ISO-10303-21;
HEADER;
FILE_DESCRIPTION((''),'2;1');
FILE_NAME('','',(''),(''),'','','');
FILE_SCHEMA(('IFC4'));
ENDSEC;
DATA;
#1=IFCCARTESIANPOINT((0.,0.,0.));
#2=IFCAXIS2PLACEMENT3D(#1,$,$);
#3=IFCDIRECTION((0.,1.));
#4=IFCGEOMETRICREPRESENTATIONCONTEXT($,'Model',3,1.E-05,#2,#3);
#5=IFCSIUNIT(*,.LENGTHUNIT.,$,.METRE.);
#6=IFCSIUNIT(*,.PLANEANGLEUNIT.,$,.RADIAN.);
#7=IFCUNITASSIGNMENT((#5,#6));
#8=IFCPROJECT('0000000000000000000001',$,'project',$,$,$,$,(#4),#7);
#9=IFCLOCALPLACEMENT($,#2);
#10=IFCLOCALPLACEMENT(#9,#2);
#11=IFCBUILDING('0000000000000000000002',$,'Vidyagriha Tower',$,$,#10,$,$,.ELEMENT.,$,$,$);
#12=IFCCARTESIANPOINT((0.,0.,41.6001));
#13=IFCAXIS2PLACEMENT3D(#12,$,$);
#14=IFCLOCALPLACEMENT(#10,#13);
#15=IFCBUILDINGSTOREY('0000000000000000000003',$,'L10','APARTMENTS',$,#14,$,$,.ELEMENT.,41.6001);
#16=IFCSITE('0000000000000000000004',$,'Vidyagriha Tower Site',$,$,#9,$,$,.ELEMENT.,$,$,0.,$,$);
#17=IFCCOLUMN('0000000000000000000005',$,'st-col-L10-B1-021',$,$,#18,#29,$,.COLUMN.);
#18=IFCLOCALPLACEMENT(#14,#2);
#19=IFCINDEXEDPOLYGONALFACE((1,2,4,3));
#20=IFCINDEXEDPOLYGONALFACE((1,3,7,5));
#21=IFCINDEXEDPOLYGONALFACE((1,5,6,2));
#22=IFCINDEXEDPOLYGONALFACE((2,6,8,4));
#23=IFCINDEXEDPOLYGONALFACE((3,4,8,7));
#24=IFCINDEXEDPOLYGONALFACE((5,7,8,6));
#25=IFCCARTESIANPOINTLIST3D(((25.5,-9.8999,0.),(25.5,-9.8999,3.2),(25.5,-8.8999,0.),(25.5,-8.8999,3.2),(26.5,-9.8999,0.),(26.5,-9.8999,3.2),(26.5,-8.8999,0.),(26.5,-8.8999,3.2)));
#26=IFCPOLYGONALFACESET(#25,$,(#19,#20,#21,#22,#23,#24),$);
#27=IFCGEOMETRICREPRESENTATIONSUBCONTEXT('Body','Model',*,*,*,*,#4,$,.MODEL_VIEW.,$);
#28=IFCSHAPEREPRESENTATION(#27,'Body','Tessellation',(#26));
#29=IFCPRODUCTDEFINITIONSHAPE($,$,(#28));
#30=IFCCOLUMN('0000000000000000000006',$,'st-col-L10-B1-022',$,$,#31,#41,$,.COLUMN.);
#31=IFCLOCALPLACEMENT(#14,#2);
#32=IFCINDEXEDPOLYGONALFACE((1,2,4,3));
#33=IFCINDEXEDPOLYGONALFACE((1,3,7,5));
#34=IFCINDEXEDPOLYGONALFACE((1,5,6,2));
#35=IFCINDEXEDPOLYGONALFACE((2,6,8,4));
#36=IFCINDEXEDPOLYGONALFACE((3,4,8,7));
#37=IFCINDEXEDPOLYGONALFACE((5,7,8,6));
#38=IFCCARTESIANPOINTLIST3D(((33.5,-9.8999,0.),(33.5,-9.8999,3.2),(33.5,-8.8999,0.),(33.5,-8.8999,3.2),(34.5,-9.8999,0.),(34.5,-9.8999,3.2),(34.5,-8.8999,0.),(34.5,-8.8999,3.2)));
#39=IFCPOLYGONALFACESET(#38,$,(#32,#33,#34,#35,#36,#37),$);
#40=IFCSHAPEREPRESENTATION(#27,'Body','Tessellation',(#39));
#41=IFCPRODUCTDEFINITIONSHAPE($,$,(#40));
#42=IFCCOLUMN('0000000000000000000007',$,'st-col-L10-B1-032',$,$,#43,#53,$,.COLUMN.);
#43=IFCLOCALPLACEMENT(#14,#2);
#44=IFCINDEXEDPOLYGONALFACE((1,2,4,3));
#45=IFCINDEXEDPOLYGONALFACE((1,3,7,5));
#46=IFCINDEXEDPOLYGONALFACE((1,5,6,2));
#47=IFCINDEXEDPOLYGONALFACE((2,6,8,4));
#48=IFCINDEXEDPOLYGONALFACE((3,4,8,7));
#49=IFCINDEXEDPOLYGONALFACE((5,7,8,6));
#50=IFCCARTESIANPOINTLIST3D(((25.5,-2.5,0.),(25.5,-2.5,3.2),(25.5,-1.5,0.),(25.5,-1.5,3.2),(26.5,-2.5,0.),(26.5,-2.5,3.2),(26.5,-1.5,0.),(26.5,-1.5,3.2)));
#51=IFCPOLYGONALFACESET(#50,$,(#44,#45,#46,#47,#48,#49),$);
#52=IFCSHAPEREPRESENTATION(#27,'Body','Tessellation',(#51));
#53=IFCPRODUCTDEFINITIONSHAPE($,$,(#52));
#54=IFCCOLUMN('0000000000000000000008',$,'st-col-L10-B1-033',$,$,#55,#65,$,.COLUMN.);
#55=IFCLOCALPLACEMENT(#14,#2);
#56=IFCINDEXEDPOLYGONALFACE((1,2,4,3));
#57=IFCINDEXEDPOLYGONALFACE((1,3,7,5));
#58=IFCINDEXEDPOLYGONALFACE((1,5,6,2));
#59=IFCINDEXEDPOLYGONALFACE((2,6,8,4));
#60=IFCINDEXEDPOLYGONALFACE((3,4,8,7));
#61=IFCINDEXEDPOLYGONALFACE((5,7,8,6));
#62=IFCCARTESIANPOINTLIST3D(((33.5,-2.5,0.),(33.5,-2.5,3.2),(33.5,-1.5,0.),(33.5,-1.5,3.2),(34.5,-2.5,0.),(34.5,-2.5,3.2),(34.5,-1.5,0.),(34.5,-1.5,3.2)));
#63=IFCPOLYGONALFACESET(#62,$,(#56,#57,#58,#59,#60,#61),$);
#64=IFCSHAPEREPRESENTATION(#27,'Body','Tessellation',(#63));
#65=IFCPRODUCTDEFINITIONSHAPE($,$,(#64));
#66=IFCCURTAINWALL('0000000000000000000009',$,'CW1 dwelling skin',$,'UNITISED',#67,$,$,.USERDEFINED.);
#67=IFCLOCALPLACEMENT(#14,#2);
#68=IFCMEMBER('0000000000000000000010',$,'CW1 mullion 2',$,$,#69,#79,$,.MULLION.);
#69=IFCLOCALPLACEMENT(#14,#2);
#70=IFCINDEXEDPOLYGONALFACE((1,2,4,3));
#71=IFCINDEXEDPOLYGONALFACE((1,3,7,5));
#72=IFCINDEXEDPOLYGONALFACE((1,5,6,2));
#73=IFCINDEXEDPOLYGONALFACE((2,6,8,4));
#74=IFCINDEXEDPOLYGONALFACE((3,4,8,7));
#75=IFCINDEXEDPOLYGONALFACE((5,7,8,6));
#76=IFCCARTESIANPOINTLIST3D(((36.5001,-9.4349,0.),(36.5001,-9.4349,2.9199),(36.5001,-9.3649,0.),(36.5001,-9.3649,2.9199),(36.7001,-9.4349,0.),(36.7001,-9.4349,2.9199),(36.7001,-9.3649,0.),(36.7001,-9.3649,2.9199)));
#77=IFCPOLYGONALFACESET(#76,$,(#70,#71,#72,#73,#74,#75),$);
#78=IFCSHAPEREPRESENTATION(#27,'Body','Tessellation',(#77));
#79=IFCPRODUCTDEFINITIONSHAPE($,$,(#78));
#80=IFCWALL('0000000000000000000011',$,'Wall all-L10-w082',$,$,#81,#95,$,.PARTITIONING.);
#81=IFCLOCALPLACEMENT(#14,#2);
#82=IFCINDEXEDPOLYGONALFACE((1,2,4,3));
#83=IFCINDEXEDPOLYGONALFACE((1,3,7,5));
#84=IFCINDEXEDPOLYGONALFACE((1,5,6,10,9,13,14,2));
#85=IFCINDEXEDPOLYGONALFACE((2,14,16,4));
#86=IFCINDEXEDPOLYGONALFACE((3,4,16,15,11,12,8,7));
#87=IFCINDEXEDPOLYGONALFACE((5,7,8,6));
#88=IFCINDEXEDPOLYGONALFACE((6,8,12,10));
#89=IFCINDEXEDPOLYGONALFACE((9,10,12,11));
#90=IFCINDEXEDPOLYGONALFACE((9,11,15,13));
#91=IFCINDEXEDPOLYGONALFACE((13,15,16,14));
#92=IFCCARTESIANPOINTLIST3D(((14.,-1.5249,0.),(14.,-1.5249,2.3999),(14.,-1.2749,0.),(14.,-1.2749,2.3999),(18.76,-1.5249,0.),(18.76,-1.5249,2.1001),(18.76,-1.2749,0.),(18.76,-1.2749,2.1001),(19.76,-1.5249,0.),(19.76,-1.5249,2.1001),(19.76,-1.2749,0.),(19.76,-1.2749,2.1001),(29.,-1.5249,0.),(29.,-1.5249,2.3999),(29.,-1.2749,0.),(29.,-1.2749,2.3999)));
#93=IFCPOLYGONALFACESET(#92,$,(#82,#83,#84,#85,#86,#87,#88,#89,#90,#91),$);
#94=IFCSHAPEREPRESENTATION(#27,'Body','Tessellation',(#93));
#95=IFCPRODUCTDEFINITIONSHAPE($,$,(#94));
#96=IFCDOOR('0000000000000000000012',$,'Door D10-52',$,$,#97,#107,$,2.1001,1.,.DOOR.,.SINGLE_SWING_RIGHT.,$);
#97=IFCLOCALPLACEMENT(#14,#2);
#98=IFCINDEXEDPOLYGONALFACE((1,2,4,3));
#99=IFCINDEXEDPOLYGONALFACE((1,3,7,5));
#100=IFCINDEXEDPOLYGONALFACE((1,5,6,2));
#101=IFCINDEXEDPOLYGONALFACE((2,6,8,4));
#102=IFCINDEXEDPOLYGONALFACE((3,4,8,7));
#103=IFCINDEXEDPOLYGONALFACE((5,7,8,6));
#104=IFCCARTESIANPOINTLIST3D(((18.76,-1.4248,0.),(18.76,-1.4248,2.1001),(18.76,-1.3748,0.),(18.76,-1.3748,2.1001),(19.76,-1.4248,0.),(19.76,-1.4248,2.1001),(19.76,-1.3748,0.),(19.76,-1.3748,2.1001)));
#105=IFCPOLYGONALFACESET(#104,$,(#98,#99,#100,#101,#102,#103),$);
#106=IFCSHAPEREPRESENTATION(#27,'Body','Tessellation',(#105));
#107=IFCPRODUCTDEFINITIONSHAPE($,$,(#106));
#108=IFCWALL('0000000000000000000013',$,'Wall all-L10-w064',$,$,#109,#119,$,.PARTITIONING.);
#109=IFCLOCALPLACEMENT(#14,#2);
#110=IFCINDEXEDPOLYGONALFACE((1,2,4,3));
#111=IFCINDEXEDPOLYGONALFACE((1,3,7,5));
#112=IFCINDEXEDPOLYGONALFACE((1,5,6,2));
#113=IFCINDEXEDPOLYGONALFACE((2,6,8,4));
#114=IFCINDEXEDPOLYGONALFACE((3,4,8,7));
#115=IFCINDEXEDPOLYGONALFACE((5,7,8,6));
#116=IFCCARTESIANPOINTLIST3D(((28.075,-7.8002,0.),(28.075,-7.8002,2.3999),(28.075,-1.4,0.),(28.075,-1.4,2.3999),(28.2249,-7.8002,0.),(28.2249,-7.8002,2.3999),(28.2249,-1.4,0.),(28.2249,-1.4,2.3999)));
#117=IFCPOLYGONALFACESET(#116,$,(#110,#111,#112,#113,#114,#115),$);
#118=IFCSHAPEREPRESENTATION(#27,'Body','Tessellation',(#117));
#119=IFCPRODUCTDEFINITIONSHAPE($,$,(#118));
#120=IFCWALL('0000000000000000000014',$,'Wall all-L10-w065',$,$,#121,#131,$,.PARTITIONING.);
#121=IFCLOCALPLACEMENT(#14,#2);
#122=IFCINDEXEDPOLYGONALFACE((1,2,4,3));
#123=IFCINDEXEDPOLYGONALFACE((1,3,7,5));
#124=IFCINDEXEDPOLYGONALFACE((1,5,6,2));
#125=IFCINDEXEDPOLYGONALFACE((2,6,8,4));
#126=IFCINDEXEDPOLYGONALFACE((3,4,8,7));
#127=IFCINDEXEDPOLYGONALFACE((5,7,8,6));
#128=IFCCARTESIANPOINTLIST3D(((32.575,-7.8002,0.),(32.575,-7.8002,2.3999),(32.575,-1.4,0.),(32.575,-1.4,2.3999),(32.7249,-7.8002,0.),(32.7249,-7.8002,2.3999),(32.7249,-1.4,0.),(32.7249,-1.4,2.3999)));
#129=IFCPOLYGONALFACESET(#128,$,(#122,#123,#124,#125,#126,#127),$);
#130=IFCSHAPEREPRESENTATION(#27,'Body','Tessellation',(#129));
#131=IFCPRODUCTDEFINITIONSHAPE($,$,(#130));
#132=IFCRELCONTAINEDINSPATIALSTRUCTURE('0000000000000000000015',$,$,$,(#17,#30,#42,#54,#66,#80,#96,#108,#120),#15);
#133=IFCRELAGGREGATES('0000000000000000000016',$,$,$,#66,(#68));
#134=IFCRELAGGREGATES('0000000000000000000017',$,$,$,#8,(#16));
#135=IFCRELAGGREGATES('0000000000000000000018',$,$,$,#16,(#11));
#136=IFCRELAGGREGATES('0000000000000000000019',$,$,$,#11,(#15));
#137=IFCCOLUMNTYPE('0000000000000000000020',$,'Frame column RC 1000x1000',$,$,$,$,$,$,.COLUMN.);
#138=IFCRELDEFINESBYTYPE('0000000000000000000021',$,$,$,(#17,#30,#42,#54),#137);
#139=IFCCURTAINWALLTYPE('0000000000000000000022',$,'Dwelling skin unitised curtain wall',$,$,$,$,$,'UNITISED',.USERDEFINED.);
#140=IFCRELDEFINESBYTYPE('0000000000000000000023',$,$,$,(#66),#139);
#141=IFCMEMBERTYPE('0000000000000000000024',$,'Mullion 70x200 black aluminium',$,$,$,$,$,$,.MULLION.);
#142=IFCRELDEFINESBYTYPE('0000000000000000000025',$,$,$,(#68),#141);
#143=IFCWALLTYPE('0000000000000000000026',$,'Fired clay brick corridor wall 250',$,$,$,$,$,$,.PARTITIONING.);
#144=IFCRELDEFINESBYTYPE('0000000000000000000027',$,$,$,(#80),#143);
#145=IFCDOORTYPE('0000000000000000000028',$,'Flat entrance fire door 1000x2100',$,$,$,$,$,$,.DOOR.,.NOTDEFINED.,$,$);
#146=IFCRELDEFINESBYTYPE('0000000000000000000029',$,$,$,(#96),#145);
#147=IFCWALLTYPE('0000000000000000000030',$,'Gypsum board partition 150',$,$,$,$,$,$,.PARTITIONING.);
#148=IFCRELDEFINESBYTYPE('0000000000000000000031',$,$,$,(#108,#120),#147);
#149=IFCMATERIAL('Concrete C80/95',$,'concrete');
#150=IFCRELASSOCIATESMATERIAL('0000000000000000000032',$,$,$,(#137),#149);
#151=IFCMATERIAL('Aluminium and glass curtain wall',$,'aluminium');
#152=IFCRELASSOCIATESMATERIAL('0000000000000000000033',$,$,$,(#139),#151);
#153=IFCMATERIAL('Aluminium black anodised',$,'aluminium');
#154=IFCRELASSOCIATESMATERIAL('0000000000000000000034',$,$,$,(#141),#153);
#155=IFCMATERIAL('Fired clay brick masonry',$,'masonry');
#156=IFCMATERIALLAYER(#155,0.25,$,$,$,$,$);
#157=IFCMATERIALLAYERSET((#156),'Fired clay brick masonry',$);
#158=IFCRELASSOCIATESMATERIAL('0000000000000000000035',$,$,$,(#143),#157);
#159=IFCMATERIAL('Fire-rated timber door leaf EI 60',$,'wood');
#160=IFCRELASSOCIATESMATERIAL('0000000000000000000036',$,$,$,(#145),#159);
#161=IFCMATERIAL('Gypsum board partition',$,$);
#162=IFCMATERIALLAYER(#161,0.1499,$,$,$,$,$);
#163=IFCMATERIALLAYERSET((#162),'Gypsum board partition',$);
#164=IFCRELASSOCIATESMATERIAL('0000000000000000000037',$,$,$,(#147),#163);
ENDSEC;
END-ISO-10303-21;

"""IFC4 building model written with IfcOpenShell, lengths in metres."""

from ifc_helpers import new_model, si_unit, direction, frame, frame_2d, origin, origin_2d, place, context, subcontext, project, spatial, rectangle, extrude, material, layer, layer_set, material_profile, profile_set, type_object, element, fill, aggregate, save


model = new_model("IFC4")

# Units and contexts
model_context = context("Model", 3, precision=1e-05, world=origin(), true_north=direction((0.0, 1.0)))
body_context = subcontext(model_context, "Body", "Model", "MODEL_VIEW")
ifc_project = project(units=[si_unit("LENGTHUNIT", "METRE"), si_unit("PLANEANGLEUNIT", "RADIAN")], contexts=[model_context])

# Site, building, storey
site_placement = place(None, origin())
site = spatial("IfcSite", under=ifc_project, at=site_placement, Name="Vidyagriha Tower Site", CompositionType="ELEMENT", RefElevation=0.0)
building_placement = place(site_placement, origin())
building = spatial("IfcBuilding", under=site, at=building_placement, Name="Vidyagriha Tower", CompositionType="ELEMENT")
storey_placement = place(building_placement, frame((0.0, 0.0, 41.6001)))
storey = spatial("IfcBuildingStorey", under=building, at=storey_placement, Name="L10", Description="APARTMENTS", CompositionType="ELEMENT", Elevation=41.6001)

# Columns
ifc_material_1 = material(Name="Concrete C80/95", Category="concrete")
ifc_material_profile_1 = material_profile(ifc_material_1, rectangle(XDim=1.0, YDim=1.0, at=origin_2d()), Name="RC 1000x1000")
ifc_profile_set_1 = profile_set([ifc_material_profile_1], Name="Concrete C80/95")
column_type = type_object("IfcColumnType", Name="Frame column RC 1000x1000", PredefinedType="COLUMN", material=ifc_profile_set_1)
for number, where, name in (
    (1, (26.0, -9.3999, 0.0), "st-col-L10-B1-021"),
    (2, (34.0, -9.3999, 0.0), "st-col-L10-B1-022"),
    (3, (26.0, -2.0, 0.0), "st-col-L10-B1-032"),
    (4, (34.0, -2.0, 0.0), "st-col-L10-B1-033"),
):
    element("IfcColumn", number, at=place(storey_placement, frame(where)), inside=storey, type_object=column_type, Name=name, PredefinedType="COLUMN", context=body_context, shape_type="SweptSolid", body=[
        extrude(rectangle(XDim=1.0, YDim=1.0, at=origin_2d()), origin(), (0.0, 0.0, 1.0), 3.2),
    ])

# Curtain wall, member
ifc_material_2 = material(Name="Aluminium and glass curtain wall", Category="aluminium")
curtain_wall_type = type_object("IfcCurtainWallType", Name="Dwelling skin unitised curtain wall", ElementType="UNITISED", PredefinedType="USERDEFINED", material=ifc_material_2)
curtain_wall_placement = place(storey_placement, origin())
curtain_wall = element("IfcCurtainWall", 5, at=curtain_wall_placement, inside=storey, type_object=curtain_wall_type, Name="CW1 dwelling skin", ObjectType="UNITISED", PredefinedType="USERDEFINED")
ifc_material_3 = material(Name="Aluminium black anodised", Category="aluminium")
ifc_material_profile_2 = material_profile(ifc_material_3, rectangle(XDim=0.2, YDim=0.0701, at=origin_2d()), Name="Mullion 70x200 black aluminium")
ifc_profile_set_2 = profile_set([ifc_material_profile_2], Name="Aluminium black anodised")
member_type = type_object("IfcMemberType", Name="Mullion 70x200 black aluminium", PredefinedType="MULLION", material=ifc_profile_set_2)
member_placement = place(storey_placement, frame((36.6001, -9.3999, 0.0), z_axis=(0.0, 0.0, 1.0), x_axis=(-1.0, 0.0, 0.0)))
member = element("IfcMember", 6, at=member_placement, type_object=member_type, Name="CW1 mullion 2", PredefinedType="MULLION", context=body_context, shape_type="SweptSolid", body=[
    extrude(rectangle(XDim=0.2, YDim=0.0701, at=origin_2d()), origin(), (0.0, 0.0, 1.0), 2.9199),
])
aggregate(curtain_wall, [member])

# Wall, opening, door
ifc_material_4 = material(Name="Fired clay brick masonry", Category="masonry")
ifc_layer_1 = layer(ifc_material_4, 0.25)
ifc_layer_set_1 = layer_set([ifc_layer_1], Name="Fired clay brick masonry")
wall_type_1 = type_object("IfcWallType", Name="Fired clay brick corridor wall 250", PredefinedType="PARTITIONING", material=ifc_layer_set_1)
wall_1_placement = place(storey_placement, frame((29.0, -1.3999, 0.0), z_axis=(0.0, 0.0, 1.0), x_axis=(-1.0, 0.0, 0.0)))
wall_1 = element("IfcWall", 7, at=wall_1_placement, inside=storey, type_object=wall_type_1, Name="Wall all-L10-w082", PredefinedType="PARTITIONING", context=body_context, shape_type="SweptSolid", body=[
    extrude(rectangle(XDim=15.0, YDim=0.25, at=frame_2d((7.5, 0.0))), origin(), (0.0, 0.0, 1.0), 2.3999),
])
opening_1_placement = place(wall_1_placement, frame((9.24, 0.0, 0.0)))
opening_1 = element("IfcOpeningElement", 8, at=opening_1_placement, cuts=wall_1, PredefinedType="OPENING", context=body_context, shape_type="SweptSolid", body=[
    extrude(rectangle(XDim=1.0, YDim=2.1001, at=frame_2d((0.5, 1.05))), frame((0.0, 0.135, 0.0), z_axis=(0.0, -1.0, 0.0), x_axis=(1.0, 0.0, 0.0)), (0.0, 0.0, 1.0), 0.27),
])
ifc_material_5 = material(Name="Fire-rated timber door leaf EI 60", Category="wood")
door_type_1 = type_object("IfcDoorType", Name="Flat entrance fire door 1000x2100", OperationType="NOTDEFINED", PredefinedType="DOOR", material=ifc_material_5)
door_1_placement = place(opening_1_placement, origin())
door_1 = element("IfcDoor", 9, at=door_1_placement, inside=storey, type_object=door_type_1, Name="Door D10-52", OperationType="SINGLE_SWING_RIGHT", OverallHeight=2.1001, OverallWidth=1.0, PredefinedType="DOOR", context=body_context, shape_type="SweptSolid", body=[
    extrude(rectangle(XDim=1.0, YDim=2.1001, at=frame_2d((0.5, 1.05))), frame((0.0, 0.0249, 0.0), z_axis=(0.0, -1.0, 0.0), x_axis=(1.0, 0.0, 0.0)), (0.0, 0.0, 1.0), 0.05),
])
fill(opening_1, door_1)

# Walls
ifc_material_6 = material(Name="Gypsum board partition")
ifc_layer_2 = layer(ifc_material_6, 0.1499)
ifc_layer_set_2 = layer_set([ifc_layer_2], Name="Gypsum board partition")
wall_type_2 = type_object("IfcWallType", Name="Gypsum board partition 150", PredefinedType="PARTITIONING", material=ifc_layer_set_2)
for number, where, z_axis, x_axis, name in (
    (10, (28.1499, -1.3999, 0.0), (0.0, 0.0, 1.0), (0.0, -1.0, 0.0), "Wall all-L10-w064"),
    (11, (32.6499, -1.3999, 0.0), (0.0, 0.0, 1.0), (0.0, -1.0, 0.0), "Wall all-L10-w065"),
):
    element("IfcWall", number, at=place(storey_placement, frame(where, z_axis=z_axis, x_axis=x_axis)), inside=storey, type_object=wall_type_2, Name=name, PredefinedType="PARTITIONING", context=body_context, shape_type="SweptSolid", body=[
        extrude(rectangle(XDim=6.4001, YDim=0.1499, at=frame_2d((3.2002, 0.0))), origin(), (0.0, 0.0, 1.0), 2.3999),
    ])

save(model, "model.ifc")
